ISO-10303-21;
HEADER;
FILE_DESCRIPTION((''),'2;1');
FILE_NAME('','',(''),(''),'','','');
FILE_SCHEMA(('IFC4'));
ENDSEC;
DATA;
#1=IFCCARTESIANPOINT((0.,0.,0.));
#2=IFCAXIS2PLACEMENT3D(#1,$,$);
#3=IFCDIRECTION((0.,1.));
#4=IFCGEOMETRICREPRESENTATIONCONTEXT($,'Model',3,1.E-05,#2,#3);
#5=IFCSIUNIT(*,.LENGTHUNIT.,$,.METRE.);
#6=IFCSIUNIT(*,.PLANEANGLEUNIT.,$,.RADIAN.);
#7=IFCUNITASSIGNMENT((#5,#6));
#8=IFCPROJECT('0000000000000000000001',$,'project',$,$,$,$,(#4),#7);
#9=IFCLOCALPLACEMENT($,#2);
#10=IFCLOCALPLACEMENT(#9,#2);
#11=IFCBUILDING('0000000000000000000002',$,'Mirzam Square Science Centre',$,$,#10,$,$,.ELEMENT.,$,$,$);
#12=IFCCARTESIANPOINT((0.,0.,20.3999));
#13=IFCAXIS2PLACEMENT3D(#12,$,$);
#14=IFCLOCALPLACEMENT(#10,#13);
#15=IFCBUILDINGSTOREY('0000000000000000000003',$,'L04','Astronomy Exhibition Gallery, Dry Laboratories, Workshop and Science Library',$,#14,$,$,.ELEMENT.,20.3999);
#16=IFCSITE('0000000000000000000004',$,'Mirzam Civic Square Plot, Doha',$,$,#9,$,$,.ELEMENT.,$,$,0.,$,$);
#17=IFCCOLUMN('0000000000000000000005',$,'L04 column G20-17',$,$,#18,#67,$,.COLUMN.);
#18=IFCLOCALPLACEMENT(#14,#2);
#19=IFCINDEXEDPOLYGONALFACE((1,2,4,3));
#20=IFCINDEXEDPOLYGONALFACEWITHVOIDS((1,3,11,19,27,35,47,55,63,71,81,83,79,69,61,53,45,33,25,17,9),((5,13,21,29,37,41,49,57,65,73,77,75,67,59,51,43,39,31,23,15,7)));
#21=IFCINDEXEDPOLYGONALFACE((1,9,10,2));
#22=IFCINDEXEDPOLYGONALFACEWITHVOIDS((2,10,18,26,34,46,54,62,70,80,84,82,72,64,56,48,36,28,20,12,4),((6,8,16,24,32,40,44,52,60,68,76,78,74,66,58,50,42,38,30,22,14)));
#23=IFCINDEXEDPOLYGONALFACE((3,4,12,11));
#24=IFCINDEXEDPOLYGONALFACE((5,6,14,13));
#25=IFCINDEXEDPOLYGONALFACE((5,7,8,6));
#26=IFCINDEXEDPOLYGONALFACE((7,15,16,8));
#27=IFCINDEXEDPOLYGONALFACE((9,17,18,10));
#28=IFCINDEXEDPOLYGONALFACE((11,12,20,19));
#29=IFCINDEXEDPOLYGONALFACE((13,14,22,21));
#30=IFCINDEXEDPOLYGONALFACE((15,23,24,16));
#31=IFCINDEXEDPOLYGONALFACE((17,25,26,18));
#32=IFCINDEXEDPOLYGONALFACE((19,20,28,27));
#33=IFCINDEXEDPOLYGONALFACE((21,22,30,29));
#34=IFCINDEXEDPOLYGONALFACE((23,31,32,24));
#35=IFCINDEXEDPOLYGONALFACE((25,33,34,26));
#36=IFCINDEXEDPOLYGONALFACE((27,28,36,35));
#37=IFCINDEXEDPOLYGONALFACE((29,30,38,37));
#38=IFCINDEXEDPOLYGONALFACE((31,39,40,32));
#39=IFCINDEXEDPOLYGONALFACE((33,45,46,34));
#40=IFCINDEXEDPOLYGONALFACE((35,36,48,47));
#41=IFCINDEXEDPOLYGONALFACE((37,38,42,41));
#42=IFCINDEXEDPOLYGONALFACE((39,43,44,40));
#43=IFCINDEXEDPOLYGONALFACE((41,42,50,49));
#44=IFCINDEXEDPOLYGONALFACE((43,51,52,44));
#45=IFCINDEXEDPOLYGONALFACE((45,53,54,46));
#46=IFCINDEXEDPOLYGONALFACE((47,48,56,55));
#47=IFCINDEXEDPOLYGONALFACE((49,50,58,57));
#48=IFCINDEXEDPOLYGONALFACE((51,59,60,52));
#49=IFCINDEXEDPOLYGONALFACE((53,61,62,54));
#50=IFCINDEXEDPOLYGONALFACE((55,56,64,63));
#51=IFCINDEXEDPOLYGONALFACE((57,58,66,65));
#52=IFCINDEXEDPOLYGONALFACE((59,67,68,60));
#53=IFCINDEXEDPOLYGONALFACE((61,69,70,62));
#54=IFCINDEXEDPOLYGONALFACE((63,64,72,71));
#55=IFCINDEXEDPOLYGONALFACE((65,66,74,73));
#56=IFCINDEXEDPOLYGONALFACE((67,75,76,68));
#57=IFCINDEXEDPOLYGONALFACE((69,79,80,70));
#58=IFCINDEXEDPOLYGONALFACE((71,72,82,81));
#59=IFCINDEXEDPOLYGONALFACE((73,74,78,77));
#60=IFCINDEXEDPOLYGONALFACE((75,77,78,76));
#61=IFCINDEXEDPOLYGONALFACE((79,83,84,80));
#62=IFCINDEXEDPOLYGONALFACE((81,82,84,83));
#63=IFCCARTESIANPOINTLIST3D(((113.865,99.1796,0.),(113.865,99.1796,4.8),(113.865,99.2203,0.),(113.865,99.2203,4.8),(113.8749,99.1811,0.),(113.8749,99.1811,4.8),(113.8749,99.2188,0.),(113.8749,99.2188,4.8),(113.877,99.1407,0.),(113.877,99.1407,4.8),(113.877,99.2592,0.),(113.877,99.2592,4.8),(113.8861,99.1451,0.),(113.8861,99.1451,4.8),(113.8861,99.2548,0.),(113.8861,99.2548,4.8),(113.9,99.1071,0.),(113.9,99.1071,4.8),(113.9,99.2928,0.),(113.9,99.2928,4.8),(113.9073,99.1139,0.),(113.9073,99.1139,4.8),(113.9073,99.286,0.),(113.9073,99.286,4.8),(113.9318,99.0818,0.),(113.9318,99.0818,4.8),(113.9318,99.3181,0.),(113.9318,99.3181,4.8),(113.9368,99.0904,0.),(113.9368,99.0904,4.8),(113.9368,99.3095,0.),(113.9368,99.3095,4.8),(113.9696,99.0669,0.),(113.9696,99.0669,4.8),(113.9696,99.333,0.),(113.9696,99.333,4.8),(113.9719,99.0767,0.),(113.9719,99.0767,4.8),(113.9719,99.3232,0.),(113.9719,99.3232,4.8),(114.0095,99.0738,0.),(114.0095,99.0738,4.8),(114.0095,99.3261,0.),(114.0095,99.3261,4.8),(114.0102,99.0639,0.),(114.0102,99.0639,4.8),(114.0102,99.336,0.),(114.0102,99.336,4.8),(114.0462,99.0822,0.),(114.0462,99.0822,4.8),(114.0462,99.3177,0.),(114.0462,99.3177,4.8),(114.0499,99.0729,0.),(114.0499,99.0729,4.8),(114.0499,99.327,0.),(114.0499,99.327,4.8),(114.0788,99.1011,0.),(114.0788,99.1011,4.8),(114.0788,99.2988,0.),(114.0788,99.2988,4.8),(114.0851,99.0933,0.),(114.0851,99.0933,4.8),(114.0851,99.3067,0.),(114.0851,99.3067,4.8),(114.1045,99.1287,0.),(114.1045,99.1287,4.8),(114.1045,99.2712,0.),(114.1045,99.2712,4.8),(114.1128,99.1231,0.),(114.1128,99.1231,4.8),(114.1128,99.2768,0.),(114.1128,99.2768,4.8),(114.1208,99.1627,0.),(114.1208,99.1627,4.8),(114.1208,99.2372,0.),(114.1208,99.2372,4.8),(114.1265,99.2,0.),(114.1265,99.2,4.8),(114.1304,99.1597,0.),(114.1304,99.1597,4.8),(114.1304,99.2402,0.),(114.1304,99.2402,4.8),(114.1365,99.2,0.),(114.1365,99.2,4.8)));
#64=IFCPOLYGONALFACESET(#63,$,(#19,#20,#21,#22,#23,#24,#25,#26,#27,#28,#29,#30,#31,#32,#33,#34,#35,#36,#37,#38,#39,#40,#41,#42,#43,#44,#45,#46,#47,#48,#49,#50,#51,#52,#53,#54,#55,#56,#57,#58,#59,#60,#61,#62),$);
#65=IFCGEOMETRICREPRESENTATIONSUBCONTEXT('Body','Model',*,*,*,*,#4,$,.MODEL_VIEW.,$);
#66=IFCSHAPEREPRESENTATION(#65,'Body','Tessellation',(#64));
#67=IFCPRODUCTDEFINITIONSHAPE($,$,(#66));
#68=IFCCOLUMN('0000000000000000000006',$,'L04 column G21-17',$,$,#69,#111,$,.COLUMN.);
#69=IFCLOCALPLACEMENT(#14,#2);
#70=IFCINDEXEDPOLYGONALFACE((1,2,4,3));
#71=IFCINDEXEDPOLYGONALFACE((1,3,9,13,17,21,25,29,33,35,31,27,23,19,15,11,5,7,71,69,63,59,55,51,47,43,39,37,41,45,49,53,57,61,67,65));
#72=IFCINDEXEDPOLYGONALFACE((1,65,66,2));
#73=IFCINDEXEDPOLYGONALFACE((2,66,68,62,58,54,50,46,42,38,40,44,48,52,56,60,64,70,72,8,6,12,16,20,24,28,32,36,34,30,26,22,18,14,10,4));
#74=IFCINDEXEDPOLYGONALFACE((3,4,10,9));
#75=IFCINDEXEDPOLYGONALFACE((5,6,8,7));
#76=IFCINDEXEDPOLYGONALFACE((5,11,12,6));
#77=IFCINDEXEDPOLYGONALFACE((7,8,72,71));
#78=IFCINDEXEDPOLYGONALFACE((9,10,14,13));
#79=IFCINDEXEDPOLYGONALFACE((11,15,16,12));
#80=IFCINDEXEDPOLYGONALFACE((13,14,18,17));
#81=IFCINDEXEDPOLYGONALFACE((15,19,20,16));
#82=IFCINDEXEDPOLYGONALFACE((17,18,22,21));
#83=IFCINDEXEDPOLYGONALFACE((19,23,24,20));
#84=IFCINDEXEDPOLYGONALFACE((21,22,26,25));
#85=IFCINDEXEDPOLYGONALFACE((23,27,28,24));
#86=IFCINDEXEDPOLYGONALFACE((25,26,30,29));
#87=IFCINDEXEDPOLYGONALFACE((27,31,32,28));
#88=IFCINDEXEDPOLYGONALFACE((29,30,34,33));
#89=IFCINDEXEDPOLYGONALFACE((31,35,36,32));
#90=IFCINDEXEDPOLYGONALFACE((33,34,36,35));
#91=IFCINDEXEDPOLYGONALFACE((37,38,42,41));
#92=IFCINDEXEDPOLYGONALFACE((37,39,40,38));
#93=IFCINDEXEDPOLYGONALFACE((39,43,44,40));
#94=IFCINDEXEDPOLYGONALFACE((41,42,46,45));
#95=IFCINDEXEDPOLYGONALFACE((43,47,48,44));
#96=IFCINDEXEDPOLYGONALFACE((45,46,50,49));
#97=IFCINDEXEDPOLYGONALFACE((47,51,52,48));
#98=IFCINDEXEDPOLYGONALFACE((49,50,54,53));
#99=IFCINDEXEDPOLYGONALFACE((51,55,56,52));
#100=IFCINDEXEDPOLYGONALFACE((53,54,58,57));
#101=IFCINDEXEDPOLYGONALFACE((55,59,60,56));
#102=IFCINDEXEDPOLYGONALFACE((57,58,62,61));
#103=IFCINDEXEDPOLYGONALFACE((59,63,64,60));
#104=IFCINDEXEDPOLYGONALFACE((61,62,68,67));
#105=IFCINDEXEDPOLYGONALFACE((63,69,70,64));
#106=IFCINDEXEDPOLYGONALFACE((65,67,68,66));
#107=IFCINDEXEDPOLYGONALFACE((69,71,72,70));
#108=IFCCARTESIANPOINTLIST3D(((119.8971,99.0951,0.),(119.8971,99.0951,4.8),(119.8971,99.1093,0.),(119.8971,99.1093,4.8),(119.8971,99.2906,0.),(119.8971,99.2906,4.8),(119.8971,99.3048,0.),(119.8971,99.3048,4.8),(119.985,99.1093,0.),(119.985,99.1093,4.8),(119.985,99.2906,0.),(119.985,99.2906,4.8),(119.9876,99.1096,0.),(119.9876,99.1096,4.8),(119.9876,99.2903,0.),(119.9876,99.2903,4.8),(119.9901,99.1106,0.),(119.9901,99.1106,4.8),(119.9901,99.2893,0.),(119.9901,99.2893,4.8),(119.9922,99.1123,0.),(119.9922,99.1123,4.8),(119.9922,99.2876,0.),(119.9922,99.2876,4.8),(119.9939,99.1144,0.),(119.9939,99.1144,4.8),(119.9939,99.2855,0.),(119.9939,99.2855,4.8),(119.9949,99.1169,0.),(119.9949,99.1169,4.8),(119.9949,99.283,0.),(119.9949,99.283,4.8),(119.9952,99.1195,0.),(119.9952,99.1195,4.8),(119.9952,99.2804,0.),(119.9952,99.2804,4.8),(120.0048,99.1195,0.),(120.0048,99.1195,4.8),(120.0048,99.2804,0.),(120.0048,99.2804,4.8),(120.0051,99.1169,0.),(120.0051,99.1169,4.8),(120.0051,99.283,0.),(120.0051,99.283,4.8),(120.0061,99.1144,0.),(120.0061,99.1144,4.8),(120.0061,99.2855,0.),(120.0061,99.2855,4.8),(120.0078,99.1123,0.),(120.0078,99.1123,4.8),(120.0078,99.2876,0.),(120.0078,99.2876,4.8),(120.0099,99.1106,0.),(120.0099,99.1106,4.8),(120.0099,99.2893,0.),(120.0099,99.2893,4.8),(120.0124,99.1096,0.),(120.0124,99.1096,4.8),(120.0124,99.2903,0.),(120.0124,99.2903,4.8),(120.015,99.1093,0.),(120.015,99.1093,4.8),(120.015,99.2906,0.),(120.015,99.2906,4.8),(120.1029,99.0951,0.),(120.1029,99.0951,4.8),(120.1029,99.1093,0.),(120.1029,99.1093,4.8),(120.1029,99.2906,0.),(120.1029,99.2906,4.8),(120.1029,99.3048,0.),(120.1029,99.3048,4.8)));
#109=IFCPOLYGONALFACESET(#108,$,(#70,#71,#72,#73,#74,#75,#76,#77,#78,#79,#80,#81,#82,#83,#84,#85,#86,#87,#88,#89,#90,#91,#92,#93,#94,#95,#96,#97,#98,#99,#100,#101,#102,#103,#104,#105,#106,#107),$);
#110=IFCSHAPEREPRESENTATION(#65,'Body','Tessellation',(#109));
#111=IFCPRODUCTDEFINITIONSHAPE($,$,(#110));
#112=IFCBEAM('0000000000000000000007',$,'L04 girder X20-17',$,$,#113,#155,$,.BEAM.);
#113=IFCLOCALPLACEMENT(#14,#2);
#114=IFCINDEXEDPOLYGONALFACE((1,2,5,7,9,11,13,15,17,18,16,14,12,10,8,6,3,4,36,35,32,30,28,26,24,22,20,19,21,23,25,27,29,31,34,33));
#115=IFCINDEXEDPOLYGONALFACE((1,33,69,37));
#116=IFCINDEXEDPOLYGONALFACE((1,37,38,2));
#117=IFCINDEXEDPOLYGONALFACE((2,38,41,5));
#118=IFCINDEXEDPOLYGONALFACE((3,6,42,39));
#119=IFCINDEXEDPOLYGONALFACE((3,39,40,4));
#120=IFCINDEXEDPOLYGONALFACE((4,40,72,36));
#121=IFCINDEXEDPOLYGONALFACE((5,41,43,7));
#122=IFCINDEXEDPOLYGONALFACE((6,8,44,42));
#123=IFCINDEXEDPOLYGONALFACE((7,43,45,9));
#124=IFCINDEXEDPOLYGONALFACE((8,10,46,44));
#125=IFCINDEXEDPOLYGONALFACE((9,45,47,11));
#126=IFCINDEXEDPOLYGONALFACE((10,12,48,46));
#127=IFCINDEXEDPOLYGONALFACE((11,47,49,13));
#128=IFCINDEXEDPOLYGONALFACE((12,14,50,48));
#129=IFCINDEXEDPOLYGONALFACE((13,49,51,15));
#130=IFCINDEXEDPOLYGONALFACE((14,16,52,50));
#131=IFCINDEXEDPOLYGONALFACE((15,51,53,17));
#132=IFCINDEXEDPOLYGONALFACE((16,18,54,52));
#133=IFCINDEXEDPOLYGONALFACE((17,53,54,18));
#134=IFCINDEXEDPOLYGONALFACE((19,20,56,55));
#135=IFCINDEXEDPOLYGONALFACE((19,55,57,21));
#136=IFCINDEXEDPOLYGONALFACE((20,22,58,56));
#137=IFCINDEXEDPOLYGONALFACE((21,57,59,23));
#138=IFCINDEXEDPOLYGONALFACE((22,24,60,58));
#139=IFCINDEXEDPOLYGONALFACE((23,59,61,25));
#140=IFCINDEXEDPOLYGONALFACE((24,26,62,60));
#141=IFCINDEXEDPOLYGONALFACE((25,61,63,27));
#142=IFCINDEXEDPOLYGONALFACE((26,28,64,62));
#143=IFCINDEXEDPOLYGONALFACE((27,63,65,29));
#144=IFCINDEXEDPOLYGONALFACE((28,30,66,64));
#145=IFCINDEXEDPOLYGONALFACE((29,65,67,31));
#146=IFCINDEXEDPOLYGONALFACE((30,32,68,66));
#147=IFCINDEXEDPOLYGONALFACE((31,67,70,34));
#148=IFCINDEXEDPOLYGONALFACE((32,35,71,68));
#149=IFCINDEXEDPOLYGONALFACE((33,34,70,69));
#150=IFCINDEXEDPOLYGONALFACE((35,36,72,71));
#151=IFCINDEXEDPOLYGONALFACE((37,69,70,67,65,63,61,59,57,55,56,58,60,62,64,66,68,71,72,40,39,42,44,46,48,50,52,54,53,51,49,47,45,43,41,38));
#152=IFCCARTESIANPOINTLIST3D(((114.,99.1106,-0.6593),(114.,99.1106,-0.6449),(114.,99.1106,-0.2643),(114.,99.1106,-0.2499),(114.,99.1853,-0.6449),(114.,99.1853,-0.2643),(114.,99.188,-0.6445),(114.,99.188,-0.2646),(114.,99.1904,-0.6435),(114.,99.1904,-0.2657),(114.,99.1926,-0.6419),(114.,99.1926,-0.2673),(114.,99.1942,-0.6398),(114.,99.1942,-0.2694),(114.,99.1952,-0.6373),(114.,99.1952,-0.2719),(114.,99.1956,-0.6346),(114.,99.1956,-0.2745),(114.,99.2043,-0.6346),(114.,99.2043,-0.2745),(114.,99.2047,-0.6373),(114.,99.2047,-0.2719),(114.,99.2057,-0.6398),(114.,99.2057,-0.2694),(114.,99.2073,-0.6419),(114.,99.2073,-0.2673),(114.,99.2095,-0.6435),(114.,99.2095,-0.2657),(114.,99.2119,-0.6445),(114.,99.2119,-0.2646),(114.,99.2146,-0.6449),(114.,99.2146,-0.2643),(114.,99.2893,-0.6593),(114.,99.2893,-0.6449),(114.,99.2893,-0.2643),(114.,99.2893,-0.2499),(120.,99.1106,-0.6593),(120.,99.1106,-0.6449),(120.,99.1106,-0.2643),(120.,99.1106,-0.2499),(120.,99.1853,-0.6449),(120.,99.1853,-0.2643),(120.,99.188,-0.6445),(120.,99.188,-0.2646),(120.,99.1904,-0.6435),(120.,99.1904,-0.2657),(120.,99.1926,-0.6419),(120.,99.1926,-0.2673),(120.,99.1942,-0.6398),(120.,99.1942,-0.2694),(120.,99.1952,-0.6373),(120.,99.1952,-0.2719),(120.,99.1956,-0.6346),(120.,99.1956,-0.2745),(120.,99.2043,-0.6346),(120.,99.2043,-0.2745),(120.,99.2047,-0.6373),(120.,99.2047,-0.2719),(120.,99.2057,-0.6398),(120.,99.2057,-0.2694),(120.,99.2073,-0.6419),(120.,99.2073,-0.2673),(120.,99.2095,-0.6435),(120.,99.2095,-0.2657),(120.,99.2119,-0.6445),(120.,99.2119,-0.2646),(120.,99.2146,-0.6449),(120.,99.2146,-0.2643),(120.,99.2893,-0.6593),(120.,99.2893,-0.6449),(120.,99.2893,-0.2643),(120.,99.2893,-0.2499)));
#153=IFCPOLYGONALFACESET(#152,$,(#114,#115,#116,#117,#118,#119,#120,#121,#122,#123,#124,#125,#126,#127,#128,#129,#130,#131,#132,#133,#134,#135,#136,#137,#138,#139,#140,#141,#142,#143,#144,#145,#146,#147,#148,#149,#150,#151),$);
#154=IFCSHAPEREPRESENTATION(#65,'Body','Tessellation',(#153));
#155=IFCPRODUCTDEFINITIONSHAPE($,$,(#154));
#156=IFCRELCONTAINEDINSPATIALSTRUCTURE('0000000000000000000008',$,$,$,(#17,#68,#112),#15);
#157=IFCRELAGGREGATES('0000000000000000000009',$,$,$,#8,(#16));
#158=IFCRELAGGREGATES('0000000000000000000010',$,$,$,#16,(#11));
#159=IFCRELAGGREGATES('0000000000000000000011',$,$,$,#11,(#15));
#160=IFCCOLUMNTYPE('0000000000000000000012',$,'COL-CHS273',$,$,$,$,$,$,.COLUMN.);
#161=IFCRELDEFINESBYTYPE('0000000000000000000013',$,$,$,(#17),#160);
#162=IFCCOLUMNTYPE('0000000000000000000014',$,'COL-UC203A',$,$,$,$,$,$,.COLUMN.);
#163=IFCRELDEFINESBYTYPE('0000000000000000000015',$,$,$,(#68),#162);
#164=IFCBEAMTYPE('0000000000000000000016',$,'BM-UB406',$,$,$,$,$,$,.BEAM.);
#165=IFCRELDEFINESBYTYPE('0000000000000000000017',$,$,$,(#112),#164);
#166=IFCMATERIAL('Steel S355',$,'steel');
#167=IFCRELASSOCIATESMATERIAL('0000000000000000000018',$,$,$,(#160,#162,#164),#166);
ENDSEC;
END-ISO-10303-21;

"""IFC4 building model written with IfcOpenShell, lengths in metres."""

from ifc_helpers import new_model, si_unit, direction, frame, origin, origin_2d, place, context, subcontext, project, spatial, hollow_circle, i_section, extrude, material, material_profile, profile_set, type_object, element, save


model = new_model("IFC4")

# Units and contexts
model_context = context("Model", 3, precision=1e-05, world=origin(), true_north=direction((0.0, 1.0)))
body_context = subcontext(model_context, "Body", "Model", "MODEL_VIEW")
ifc_project = project(units=[si_unit("LENGTHUNIT", "METRE"), si_unit("PLANEANGLEUNIT", "RADIAN")], contexts=[model_context])

# Site, building, storey
site_placement = place(None, origin())
site = spatial("IfcSite", under=ifc_project, at=site_placement, Name="Mirzam Civic Square Plot, Doha", CompositionType="ELEMENT", RefElevation=0.0)
building_placement = place(site_placement, origin())
building = spatial("IfcBuilding", under=site, at=building_placement, Name="Mirzam Square Science Centre", CompositionType="ELEMENT")
storey_placement = place(building_placement, frame((0.0, 0.0, 20.3999)))
storey = spatial("IfcBuildingStorey", under=building, at=storey_placement, Name="L04", Description="Astronomy Exhibition Gallery, Dry Laboratories, Workshop and Science Library", CompositionType="ELEMENT", Elevation=20.3999)

# Columns
ifc_material_1 = material(Name="Steel S355", Category="steel")
ifc_material_profile_1 = material_profile(ifc_material_1, hollow_circle(Radius=0.1365, WallThickness=0.01, at=origin_2d()), Name="273.0x10.0CHS")
ifc_profile_set_1 = profile_set([ifc_material_profile_1], Name="Steel S355")
column_type_1 = type_object("IfcColumnType", Name="COL-CHS273", PredefinedType="COLUMN", material=ifc_profile_set_1)
column_1_placement = place(storey_placement, frame((114.0, 99.2, 0.0), z_axis=(0.0, 0.0, 1.0), x_axis=(1.0, 0.0, 0.0)))
element("IfcColumn", 1, at=column_1_placement, inside=storey, type_object=column_type_1, Name="L04 column G20-17", PredefinedType="COLUMN", context=body_context, shape_type="SweptSolid", body=[
    extrude(hollow_circle(Radius=0.1365, WallThickness=0.01, at=origin_2d()), origin(), (0.0, 0.0, 1.0), 4.8),
])
ifc_material_profile_2 = material_profile(ifc_material_1, i_section(OverallWidth=0.2058, OverallDepth=0.2097, WebThickness=0.0095, FlangeThickness=0.0142, FilletRadius=0.0103, at=origin_2d()), Name="203x203x60UC")
ifc_profile_set_2 = profile_set([ifc_material_profile_2], Name="Steel S355")
column_type_2 = type_object("IfcColumnType", Name="COL-UC203A", PredefinedType="COLUMN", material=ifc_profile_set_2)
column_2_placement = place(storey_placement, frame((120.0, 99.2, 0.0), z_axis=(0.0, 0.0, 1.0), x_axis=(1.0, 0.0, 0.0)))
element("IfcColumn", 2, at=column_2_placement, inside=storey, type_object=column_type_2, Name="L04 column G21-17", PredefinedType="COLUMN", context=body_context, shape_type="SweptSolid", body=[
    extrude(i_section(OverallWidth=0.2058, OverallDepth=0.2097, WebThickness=0.0095, FlangeThickness=0.0142, FilletRadius=0.0103, at=origin_2d()), origin(), (0.0, 0.0, 1.0), 4.8),
])

# Beam
ifc_material_profile_3 = material_profile(ifc_material_1, i_section(OverallWidth=0.1787, OverallDepth=0.4094, WebThickness=0.0088, FlangeThickness=0.0144, FilletRadius=0.0103, at=origin_2d()), Name="406x178x67UB")
ifc_profile_set_3 = profile_set([ifc_material_profile_3], Name="Steel S355")
beam_type_1 = type_object("IfcBeamType", Name="BM-UB406", PredefinedType="BEAM", material=ifc_profile_set_3)
beam_1_placement = place(storey_placement, frame((114.0, 99.2, -0.4546), z_axis=(1.0, 0.0, 0.0), x_axis=(0.0, 1.0, 0.0)))
element("IfcBeam", 3, at=beam_1_placement, inside=storey, type_object=beam_type_1, Name="L04 girder X20-17", PredefinedType="BEAM", context=body_context, shape_type="SweptSolid", body=[
    extrude(i_section(OverallWidth=0.1787, OverallDepth=0.4094, WebThickness=0.0088, FlangeThickness=0.0144, FilletRadius=0.0103, at=origin_2d()), origin(), (0.0, 0.0, 1.0), 6.0),
])

save(model, "model.ifc")
